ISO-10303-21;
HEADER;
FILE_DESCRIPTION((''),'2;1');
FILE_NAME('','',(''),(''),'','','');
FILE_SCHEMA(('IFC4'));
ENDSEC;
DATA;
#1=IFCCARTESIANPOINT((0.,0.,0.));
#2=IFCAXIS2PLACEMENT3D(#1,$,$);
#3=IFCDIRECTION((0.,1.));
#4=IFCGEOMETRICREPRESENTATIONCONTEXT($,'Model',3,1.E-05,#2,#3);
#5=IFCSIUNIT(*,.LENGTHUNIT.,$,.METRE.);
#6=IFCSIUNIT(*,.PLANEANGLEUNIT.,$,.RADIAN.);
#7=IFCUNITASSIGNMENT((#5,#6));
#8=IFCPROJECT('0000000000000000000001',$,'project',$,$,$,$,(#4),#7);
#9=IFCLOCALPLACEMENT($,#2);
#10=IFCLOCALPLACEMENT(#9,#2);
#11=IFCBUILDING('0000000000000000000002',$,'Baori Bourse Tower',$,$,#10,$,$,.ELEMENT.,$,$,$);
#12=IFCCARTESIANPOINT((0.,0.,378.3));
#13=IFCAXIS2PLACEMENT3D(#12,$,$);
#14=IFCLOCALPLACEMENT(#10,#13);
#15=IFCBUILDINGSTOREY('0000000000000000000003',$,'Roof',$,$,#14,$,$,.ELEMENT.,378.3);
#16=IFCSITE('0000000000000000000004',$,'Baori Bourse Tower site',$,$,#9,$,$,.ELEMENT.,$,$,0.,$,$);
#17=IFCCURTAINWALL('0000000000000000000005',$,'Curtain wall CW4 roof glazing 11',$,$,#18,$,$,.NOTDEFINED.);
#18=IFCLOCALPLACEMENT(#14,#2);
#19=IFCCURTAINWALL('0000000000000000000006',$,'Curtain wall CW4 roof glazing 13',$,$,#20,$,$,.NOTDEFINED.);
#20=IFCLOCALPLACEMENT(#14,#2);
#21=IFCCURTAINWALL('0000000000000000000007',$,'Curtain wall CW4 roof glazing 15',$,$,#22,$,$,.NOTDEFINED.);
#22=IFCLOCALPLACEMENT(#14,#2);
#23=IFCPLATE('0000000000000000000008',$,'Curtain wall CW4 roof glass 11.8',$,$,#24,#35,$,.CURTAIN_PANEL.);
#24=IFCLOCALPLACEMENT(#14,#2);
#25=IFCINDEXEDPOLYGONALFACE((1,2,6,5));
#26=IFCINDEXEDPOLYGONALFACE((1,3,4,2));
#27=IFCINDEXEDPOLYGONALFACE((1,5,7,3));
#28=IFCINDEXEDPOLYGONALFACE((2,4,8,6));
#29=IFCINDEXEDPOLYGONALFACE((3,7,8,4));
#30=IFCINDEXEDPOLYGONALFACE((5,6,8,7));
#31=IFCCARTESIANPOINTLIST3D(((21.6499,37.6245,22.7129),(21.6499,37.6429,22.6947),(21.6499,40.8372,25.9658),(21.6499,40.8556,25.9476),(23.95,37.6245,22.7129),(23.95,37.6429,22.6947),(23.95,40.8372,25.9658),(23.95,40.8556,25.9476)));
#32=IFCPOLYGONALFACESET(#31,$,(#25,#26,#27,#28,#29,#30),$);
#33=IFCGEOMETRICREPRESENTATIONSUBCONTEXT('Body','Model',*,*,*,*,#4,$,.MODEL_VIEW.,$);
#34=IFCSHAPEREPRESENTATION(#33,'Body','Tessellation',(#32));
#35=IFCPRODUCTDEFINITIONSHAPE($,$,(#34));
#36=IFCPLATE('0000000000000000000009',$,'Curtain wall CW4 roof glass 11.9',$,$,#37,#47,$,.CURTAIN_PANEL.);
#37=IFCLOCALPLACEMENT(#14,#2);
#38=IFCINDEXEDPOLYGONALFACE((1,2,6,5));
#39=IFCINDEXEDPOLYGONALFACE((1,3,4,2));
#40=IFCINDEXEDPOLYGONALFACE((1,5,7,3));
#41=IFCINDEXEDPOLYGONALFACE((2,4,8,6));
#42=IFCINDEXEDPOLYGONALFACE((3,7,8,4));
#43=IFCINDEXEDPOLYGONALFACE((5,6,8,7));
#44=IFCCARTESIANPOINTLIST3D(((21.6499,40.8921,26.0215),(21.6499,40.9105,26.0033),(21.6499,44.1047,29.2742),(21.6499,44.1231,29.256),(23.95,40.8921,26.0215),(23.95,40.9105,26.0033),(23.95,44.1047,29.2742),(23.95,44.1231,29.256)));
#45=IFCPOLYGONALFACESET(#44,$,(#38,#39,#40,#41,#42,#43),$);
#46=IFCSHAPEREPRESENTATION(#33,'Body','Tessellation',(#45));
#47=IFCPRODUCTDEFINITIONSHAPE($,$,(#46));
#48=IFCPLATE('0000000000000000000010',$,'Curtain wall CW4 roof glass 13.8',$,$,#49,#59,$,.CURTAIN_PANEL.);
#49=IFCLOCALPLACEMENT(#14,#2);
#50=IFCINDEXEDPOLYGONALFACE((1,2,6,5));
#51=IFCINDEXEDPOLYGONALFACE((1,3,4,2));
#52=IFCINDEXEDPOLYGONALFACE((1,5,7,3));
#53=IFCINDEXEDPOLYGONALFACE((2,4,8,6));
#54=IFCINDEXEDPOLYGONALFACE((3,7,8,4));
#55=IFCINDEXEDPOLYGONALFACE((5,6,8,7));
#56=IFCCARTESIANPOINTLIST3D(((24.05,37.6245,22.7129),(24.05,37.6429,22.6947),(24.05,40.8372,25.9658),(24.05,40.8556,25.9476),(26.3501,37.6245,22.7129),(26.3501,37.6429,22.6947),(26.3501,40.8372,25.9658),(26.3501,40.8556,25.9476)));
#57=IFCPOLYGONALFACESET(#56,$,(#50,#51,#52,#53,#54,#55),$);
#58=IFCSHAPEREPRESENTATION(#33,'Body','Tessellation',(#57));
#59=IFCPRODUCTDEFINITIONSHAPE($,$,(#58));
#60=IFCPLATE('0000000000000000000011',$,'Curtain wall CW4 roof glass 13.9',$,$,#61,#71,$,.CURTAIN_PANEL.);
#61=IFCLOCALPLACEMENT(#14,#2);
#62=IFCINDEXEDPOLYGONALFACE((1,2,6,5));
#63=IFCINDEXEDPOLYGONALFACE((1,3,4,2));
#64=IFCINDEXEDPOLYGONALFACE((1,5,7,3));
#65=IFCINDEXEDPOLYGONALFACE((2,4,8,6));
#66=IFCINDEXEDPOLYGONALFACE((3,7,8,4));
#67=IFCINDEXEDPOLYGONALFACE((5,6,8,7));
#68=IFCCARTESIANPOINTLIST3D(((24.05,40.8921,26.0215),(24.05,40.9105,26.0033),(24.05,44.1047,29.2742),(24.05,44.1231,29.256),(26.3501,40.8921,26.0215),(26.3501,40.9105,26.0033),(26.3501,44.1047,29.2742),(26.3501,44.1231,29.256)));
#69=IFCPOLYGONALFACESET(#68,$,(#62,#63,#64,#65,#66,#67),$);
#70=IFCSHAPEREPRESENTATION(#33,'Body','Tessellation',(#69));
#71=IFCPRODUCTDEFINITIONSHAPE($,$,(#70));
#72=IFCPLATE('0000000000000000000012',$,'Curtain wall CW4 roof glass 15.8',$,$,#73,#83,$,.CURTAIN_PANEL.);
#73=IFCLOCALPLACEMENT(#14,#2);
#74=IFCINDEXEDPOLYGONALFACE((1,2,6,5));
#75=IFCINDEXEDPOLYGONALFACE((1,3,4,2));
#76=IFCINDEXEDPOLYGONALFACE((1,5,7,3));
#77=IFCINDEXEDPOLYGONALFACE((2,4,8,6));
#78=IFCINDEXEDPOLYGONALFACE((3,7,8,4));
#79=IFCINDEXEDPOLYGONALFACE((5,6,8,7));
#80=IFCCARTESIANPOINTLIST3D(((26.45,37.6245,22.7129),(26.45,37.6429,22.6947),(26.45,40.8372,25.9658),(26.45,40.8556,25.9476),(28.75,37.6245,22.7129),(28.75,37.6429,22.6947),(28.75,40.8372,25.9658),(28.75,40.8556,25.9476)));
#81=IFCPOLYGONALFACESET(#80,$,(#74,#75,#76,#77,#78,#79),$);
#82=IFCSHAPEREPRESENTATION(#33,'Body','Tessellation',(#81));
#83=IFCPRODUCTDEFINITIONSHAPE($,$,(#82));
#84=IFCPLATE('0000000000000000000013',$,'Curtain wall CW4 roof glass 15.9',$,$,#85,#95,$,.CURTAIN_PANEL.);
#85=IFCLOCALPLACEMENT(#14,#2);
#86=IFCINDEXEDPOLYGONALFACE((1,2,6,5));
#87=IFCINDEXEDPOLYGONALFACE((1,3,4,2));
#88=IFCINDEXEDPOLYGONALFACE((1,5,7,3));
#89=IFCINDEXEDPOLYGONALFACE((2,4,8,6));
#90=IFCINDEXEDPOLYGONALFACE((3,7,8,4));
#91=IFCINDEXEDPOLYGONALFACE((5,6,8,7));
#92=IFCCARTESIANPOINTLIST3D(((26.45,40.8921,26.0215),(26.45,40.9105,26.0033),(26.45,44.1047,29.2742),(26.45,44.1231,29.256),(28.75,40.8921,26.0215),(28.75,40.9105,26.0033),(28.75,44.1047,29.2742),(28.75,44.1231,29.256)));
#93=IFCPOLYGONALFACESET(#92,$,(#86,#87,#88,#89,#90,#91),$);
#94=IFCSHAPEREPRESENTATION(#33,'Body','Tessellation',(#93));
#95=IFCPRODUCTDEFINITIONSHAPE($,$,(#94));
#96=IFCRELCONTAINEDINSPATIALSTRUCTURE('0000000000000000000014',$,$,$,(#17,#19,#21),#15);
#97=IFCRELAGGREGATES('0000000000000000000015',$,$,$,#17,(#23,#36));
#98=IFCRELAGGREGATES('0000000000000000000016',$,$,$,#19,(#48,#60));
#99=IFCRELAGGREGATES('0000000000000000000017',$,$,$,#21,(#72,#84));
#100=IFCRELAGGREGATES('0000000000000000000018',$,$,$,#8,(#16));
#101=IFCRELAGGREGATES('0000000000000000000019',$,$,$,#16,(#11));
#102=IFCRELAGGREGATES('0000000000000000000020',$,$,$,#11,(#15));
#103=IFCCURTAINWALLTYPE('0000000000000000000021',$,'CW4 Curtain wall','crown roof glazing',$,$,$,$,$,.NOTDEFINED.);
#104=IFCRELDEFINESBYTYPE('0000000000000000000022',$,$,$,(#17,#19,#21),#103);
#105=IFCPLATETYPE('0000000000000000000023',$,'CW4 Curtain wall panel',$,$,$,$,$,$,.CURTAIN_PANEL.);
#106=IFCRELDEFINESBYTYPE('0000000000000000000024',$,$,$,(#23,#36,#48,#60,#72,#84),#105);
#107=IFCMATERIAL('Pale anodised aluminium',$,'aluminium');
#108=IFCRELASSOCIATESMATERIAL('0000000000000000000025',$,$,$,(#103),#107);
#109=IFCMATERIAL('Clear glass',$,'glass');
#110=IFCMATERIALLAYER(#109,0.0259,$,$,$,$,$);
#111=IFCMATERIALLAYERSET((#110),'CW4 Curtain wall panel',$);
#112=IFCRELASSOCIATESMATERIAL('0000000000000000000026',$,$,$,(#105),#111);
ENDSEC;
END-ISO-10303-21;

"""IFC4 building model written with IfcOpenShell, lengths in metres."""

from ifc_helpers import new_model, si_unit, direction, frame, origin, place, context, subcontext, project, spatial, polyline, outline, extrude, material, layer, layer_set, type_object, element, aggregate, save


model = new_model("IFC4")

# Units and contexts
model_context = context("Model", 3, precision=1e-05, world=origin(), true_north=direction((0.0, 1.0)))
body_context = subcontext(model_context, "Body", "Model", "MODEL_VIEW")
ifc_project = project(units=[si_unit("LENGTHUNIT", "METRE"), si_unit("PLANEANGLEUNIT", "RADIAN")], contexts=[model_context])

# Site, building, storey
site_placement = place(None, origin())
site = spatial("IfcSite", under=ifc_project, at=site_placement, Name="Baori Bourse Tower site", CompositionType="ELEMENT", RefElevation=0.0)
building_placement = place(site_placement, origin())
building = spatial("IfcBuilding", under=site, at=building_placement, Name="Baori Bourse Tower", CompositionType="ELEMENT")
storey_placement = place(building_placement, frame((0.0, 0.0, 378.3)))
storey = spatial("IfcBuildingStorey", under=building, at=storey_placement, Name="Roof", CompositionType="ELEMENT", Elevation=378.3)

# Curtain walls
ifc_material_1 = material(Name="Pale anodised aluminium", Category="aluminium")
curtain_wall_type_1 = type_object("IfcCurtainWallType", Name="CW4 Curtain wall", Description="crown roof glazing", PredefinedType="NOTDEFINED", material=ifc_material_1)
curtain_wall_1_placement = place(storey_placement, origin())
curtain_wall_1 = element("IfcCurtainWall", 1, at=curtain_wall_1_placement, inside=storey, type_object=curtain_wall_type_1, Name="Curtain wall CW4 roof glazing 11", PredefinedType="NOTDEFINED")
curtain_wall_2_placement = place(storey_placement, origin())
curtain_wall_2 = element("IfcCurtainWall", 2, at=curtain_wall_2_placement, inside=storey, type_object=curtain_wall_type_1, Name="Curtain wall CW4 roof glazing 13", PredefinedType="NOTDEFINED")
curtain_wall_3_placement = place(storey_placement, origin())
curtain_wall_3 = element("IfcCurtainWall", 3, at=curtain_wall_3_placement, inside=storey, type_object=curtain_wall_type_1, Name="Curtain wall CW4 roof glazing 15", PredefinedType="NOTDEFINED")

# Plates
ifc_material_2 = material(Name="Clear glass", Category="glass")
ifc_layer_1 = layer(ifc_material_2, 0.0259)
ifc_layer_set_1 = layer_set([ifc_layer_1], Name="CW4 Curtain wall panel")
plate_type_1 = type_object("IfcPlateType", Name="CW4 Curtain wall panel", PredefinedType="CURTAIN_PANEL", material=ifc_layer_set_1)
plate_1_placement = place(storey_placement, frame((21.6499, 37.6245, 22.7129), z_axis=(0.0, -0.711499, 0.702688), x_axis=(1.0, 0.0, 0.0)))
plate_1 = element("IfcPlate", 4, at=plate_1_placement, type_object=plate_type_1, Name="Curtain wall CW4 roof glass 11.8", PredefinedType="CURTAIN_PANEL", context=body_context, shape_type="SweptSolid", body=[
    extrude(outline(polyline([(0.0, 0.0), (2.3, 0.0), (2.3, 4.5719), (0.0, 4.5719), (0.0, 0.0)])), origin(), (0.0, 0.0, -1.0), 0.0259),
])
plate_2_placement = place(storey_placement, frame((21.6499, 40.8921, 26.0215), z_axis=(0.0, -0.711472, 0.702714), x_axis=(1.0, 0.0, 0.0)))
plate_2 = element("IfcPlate", 5, at=plate_2_placement, type_object=plate_type_1, Name="Curtain wall CW4 roof glass 11.9", PredefinedType="CURTAIN_PANEL", context=body_context, shape_type="SweptSolid", body=[
    extrude(outline(polyline([(0.0, 0.0), (2.3, 0.0), (2.3, 4.5718), (0.0, 4.5718), (0.0, 0.0)])), origin(), (0.0, 0.0, -1.0), 0.0259),
])
aggregate(curtain_wall_1, [plate_1, plate_2])
plate_3_placement = place(storey_placement, frame((24.05, 37.6245, 22.7129), z_axis=(0.0, -0.711499, 0.702688), x_axis=(1.0, 0.0, 0.0)))
plate_3 = element("IfcPlate", 6, at=plate_3_placement, type_object=plate_type_1, Name="Curtain wall CW4 roof glass 13.8", PredefinedType="CURTAIN_PANEL", context=body_context, shape_type="SweptSolid", body=[
    extrude(outline(polyline([(0.0, 0.0), (2.3, 0.0), (2.3, 4.5719), (0.0, 4.5719), (0.0, 0.0)])), origin(), (0.0, 0.0, -1.0), 0.0259),
])
plate_4_placement = place(storey_placement, frame((24.05, 40.8921, 26.0215), z_axis=(0.0, -0.711472, 0.702714), x_axis=(1.0, 0.0, 0.0)))
plate_4 = element("IfcPlate", 7, at=plate_4_placement, type_object=plate_type_1, Name="Curtain wall CW4 roof glass 13.9", PredefinedType="CURTAIN_PANEL", context=body_context, shape_type="SweptSolid", body=[
    extrude(outline(polyline([(0.0, 0.0), (2.3, 0.0), (2.3, 4.5718), (0.0, 4.5718), (0.0, 0.0)])), origin(), (0.0, 0.0, -1.0), 0.0259),
])
aggregate(curtain_wall_2, [plate_3, plate_4])
plate_5_placement = place(storey_placement, frame((26.45, 37.6245, 22.7129), z_axis=(0.0, -0.711499, 0.702688), x_axis=(1.0, 0.0, 0.0)))
plate_5 = element("IfcPlate", 8, at=plate_5_placement, type_object=plate_type_1, Name="Curtain wall CW4 roof glass 15.8", PredefinedType="CURTAIN_PANEL", context=body_context, shape_type="SweptSolid", body=[
    extrude(outline(polyline([(0.0, 0.0), (2.3, 0.0), (2.3, 4.5719), (0.0, 4.5719), (0.0, 0.0)])), origin(), (0.0, 0.0, -1.0), 0.0259),
])
plate_6_placement = place(storey_placement, frame((26.45, 40.8921, 26.0215), z_axis=(0.0, -0.711472, 0.702714), x_axis=(1.0, 0.0, 0.0)))
plate_6 = element("IfcPlate", 9, at=plate_6_placement, type_object=plate_type_1, Name="Curtain wall CW4 roof glass 15.9", PredefinedType="CURTAIN_PANEL", context=body_context, shape_type="SweptSolid", body=[
    extrude(outline(polyline([(0.0, 0.0), (2.3, 0.0), (2.3, 4.5718), (0.0, 4.5718), (0.0, 0.0)])), origin(), (0.0, 0.0, -1.0), 0.0259),
])
aggregate(curtain_wall_3, [plate_5, plate_6])

save(model, "model.ifc")
